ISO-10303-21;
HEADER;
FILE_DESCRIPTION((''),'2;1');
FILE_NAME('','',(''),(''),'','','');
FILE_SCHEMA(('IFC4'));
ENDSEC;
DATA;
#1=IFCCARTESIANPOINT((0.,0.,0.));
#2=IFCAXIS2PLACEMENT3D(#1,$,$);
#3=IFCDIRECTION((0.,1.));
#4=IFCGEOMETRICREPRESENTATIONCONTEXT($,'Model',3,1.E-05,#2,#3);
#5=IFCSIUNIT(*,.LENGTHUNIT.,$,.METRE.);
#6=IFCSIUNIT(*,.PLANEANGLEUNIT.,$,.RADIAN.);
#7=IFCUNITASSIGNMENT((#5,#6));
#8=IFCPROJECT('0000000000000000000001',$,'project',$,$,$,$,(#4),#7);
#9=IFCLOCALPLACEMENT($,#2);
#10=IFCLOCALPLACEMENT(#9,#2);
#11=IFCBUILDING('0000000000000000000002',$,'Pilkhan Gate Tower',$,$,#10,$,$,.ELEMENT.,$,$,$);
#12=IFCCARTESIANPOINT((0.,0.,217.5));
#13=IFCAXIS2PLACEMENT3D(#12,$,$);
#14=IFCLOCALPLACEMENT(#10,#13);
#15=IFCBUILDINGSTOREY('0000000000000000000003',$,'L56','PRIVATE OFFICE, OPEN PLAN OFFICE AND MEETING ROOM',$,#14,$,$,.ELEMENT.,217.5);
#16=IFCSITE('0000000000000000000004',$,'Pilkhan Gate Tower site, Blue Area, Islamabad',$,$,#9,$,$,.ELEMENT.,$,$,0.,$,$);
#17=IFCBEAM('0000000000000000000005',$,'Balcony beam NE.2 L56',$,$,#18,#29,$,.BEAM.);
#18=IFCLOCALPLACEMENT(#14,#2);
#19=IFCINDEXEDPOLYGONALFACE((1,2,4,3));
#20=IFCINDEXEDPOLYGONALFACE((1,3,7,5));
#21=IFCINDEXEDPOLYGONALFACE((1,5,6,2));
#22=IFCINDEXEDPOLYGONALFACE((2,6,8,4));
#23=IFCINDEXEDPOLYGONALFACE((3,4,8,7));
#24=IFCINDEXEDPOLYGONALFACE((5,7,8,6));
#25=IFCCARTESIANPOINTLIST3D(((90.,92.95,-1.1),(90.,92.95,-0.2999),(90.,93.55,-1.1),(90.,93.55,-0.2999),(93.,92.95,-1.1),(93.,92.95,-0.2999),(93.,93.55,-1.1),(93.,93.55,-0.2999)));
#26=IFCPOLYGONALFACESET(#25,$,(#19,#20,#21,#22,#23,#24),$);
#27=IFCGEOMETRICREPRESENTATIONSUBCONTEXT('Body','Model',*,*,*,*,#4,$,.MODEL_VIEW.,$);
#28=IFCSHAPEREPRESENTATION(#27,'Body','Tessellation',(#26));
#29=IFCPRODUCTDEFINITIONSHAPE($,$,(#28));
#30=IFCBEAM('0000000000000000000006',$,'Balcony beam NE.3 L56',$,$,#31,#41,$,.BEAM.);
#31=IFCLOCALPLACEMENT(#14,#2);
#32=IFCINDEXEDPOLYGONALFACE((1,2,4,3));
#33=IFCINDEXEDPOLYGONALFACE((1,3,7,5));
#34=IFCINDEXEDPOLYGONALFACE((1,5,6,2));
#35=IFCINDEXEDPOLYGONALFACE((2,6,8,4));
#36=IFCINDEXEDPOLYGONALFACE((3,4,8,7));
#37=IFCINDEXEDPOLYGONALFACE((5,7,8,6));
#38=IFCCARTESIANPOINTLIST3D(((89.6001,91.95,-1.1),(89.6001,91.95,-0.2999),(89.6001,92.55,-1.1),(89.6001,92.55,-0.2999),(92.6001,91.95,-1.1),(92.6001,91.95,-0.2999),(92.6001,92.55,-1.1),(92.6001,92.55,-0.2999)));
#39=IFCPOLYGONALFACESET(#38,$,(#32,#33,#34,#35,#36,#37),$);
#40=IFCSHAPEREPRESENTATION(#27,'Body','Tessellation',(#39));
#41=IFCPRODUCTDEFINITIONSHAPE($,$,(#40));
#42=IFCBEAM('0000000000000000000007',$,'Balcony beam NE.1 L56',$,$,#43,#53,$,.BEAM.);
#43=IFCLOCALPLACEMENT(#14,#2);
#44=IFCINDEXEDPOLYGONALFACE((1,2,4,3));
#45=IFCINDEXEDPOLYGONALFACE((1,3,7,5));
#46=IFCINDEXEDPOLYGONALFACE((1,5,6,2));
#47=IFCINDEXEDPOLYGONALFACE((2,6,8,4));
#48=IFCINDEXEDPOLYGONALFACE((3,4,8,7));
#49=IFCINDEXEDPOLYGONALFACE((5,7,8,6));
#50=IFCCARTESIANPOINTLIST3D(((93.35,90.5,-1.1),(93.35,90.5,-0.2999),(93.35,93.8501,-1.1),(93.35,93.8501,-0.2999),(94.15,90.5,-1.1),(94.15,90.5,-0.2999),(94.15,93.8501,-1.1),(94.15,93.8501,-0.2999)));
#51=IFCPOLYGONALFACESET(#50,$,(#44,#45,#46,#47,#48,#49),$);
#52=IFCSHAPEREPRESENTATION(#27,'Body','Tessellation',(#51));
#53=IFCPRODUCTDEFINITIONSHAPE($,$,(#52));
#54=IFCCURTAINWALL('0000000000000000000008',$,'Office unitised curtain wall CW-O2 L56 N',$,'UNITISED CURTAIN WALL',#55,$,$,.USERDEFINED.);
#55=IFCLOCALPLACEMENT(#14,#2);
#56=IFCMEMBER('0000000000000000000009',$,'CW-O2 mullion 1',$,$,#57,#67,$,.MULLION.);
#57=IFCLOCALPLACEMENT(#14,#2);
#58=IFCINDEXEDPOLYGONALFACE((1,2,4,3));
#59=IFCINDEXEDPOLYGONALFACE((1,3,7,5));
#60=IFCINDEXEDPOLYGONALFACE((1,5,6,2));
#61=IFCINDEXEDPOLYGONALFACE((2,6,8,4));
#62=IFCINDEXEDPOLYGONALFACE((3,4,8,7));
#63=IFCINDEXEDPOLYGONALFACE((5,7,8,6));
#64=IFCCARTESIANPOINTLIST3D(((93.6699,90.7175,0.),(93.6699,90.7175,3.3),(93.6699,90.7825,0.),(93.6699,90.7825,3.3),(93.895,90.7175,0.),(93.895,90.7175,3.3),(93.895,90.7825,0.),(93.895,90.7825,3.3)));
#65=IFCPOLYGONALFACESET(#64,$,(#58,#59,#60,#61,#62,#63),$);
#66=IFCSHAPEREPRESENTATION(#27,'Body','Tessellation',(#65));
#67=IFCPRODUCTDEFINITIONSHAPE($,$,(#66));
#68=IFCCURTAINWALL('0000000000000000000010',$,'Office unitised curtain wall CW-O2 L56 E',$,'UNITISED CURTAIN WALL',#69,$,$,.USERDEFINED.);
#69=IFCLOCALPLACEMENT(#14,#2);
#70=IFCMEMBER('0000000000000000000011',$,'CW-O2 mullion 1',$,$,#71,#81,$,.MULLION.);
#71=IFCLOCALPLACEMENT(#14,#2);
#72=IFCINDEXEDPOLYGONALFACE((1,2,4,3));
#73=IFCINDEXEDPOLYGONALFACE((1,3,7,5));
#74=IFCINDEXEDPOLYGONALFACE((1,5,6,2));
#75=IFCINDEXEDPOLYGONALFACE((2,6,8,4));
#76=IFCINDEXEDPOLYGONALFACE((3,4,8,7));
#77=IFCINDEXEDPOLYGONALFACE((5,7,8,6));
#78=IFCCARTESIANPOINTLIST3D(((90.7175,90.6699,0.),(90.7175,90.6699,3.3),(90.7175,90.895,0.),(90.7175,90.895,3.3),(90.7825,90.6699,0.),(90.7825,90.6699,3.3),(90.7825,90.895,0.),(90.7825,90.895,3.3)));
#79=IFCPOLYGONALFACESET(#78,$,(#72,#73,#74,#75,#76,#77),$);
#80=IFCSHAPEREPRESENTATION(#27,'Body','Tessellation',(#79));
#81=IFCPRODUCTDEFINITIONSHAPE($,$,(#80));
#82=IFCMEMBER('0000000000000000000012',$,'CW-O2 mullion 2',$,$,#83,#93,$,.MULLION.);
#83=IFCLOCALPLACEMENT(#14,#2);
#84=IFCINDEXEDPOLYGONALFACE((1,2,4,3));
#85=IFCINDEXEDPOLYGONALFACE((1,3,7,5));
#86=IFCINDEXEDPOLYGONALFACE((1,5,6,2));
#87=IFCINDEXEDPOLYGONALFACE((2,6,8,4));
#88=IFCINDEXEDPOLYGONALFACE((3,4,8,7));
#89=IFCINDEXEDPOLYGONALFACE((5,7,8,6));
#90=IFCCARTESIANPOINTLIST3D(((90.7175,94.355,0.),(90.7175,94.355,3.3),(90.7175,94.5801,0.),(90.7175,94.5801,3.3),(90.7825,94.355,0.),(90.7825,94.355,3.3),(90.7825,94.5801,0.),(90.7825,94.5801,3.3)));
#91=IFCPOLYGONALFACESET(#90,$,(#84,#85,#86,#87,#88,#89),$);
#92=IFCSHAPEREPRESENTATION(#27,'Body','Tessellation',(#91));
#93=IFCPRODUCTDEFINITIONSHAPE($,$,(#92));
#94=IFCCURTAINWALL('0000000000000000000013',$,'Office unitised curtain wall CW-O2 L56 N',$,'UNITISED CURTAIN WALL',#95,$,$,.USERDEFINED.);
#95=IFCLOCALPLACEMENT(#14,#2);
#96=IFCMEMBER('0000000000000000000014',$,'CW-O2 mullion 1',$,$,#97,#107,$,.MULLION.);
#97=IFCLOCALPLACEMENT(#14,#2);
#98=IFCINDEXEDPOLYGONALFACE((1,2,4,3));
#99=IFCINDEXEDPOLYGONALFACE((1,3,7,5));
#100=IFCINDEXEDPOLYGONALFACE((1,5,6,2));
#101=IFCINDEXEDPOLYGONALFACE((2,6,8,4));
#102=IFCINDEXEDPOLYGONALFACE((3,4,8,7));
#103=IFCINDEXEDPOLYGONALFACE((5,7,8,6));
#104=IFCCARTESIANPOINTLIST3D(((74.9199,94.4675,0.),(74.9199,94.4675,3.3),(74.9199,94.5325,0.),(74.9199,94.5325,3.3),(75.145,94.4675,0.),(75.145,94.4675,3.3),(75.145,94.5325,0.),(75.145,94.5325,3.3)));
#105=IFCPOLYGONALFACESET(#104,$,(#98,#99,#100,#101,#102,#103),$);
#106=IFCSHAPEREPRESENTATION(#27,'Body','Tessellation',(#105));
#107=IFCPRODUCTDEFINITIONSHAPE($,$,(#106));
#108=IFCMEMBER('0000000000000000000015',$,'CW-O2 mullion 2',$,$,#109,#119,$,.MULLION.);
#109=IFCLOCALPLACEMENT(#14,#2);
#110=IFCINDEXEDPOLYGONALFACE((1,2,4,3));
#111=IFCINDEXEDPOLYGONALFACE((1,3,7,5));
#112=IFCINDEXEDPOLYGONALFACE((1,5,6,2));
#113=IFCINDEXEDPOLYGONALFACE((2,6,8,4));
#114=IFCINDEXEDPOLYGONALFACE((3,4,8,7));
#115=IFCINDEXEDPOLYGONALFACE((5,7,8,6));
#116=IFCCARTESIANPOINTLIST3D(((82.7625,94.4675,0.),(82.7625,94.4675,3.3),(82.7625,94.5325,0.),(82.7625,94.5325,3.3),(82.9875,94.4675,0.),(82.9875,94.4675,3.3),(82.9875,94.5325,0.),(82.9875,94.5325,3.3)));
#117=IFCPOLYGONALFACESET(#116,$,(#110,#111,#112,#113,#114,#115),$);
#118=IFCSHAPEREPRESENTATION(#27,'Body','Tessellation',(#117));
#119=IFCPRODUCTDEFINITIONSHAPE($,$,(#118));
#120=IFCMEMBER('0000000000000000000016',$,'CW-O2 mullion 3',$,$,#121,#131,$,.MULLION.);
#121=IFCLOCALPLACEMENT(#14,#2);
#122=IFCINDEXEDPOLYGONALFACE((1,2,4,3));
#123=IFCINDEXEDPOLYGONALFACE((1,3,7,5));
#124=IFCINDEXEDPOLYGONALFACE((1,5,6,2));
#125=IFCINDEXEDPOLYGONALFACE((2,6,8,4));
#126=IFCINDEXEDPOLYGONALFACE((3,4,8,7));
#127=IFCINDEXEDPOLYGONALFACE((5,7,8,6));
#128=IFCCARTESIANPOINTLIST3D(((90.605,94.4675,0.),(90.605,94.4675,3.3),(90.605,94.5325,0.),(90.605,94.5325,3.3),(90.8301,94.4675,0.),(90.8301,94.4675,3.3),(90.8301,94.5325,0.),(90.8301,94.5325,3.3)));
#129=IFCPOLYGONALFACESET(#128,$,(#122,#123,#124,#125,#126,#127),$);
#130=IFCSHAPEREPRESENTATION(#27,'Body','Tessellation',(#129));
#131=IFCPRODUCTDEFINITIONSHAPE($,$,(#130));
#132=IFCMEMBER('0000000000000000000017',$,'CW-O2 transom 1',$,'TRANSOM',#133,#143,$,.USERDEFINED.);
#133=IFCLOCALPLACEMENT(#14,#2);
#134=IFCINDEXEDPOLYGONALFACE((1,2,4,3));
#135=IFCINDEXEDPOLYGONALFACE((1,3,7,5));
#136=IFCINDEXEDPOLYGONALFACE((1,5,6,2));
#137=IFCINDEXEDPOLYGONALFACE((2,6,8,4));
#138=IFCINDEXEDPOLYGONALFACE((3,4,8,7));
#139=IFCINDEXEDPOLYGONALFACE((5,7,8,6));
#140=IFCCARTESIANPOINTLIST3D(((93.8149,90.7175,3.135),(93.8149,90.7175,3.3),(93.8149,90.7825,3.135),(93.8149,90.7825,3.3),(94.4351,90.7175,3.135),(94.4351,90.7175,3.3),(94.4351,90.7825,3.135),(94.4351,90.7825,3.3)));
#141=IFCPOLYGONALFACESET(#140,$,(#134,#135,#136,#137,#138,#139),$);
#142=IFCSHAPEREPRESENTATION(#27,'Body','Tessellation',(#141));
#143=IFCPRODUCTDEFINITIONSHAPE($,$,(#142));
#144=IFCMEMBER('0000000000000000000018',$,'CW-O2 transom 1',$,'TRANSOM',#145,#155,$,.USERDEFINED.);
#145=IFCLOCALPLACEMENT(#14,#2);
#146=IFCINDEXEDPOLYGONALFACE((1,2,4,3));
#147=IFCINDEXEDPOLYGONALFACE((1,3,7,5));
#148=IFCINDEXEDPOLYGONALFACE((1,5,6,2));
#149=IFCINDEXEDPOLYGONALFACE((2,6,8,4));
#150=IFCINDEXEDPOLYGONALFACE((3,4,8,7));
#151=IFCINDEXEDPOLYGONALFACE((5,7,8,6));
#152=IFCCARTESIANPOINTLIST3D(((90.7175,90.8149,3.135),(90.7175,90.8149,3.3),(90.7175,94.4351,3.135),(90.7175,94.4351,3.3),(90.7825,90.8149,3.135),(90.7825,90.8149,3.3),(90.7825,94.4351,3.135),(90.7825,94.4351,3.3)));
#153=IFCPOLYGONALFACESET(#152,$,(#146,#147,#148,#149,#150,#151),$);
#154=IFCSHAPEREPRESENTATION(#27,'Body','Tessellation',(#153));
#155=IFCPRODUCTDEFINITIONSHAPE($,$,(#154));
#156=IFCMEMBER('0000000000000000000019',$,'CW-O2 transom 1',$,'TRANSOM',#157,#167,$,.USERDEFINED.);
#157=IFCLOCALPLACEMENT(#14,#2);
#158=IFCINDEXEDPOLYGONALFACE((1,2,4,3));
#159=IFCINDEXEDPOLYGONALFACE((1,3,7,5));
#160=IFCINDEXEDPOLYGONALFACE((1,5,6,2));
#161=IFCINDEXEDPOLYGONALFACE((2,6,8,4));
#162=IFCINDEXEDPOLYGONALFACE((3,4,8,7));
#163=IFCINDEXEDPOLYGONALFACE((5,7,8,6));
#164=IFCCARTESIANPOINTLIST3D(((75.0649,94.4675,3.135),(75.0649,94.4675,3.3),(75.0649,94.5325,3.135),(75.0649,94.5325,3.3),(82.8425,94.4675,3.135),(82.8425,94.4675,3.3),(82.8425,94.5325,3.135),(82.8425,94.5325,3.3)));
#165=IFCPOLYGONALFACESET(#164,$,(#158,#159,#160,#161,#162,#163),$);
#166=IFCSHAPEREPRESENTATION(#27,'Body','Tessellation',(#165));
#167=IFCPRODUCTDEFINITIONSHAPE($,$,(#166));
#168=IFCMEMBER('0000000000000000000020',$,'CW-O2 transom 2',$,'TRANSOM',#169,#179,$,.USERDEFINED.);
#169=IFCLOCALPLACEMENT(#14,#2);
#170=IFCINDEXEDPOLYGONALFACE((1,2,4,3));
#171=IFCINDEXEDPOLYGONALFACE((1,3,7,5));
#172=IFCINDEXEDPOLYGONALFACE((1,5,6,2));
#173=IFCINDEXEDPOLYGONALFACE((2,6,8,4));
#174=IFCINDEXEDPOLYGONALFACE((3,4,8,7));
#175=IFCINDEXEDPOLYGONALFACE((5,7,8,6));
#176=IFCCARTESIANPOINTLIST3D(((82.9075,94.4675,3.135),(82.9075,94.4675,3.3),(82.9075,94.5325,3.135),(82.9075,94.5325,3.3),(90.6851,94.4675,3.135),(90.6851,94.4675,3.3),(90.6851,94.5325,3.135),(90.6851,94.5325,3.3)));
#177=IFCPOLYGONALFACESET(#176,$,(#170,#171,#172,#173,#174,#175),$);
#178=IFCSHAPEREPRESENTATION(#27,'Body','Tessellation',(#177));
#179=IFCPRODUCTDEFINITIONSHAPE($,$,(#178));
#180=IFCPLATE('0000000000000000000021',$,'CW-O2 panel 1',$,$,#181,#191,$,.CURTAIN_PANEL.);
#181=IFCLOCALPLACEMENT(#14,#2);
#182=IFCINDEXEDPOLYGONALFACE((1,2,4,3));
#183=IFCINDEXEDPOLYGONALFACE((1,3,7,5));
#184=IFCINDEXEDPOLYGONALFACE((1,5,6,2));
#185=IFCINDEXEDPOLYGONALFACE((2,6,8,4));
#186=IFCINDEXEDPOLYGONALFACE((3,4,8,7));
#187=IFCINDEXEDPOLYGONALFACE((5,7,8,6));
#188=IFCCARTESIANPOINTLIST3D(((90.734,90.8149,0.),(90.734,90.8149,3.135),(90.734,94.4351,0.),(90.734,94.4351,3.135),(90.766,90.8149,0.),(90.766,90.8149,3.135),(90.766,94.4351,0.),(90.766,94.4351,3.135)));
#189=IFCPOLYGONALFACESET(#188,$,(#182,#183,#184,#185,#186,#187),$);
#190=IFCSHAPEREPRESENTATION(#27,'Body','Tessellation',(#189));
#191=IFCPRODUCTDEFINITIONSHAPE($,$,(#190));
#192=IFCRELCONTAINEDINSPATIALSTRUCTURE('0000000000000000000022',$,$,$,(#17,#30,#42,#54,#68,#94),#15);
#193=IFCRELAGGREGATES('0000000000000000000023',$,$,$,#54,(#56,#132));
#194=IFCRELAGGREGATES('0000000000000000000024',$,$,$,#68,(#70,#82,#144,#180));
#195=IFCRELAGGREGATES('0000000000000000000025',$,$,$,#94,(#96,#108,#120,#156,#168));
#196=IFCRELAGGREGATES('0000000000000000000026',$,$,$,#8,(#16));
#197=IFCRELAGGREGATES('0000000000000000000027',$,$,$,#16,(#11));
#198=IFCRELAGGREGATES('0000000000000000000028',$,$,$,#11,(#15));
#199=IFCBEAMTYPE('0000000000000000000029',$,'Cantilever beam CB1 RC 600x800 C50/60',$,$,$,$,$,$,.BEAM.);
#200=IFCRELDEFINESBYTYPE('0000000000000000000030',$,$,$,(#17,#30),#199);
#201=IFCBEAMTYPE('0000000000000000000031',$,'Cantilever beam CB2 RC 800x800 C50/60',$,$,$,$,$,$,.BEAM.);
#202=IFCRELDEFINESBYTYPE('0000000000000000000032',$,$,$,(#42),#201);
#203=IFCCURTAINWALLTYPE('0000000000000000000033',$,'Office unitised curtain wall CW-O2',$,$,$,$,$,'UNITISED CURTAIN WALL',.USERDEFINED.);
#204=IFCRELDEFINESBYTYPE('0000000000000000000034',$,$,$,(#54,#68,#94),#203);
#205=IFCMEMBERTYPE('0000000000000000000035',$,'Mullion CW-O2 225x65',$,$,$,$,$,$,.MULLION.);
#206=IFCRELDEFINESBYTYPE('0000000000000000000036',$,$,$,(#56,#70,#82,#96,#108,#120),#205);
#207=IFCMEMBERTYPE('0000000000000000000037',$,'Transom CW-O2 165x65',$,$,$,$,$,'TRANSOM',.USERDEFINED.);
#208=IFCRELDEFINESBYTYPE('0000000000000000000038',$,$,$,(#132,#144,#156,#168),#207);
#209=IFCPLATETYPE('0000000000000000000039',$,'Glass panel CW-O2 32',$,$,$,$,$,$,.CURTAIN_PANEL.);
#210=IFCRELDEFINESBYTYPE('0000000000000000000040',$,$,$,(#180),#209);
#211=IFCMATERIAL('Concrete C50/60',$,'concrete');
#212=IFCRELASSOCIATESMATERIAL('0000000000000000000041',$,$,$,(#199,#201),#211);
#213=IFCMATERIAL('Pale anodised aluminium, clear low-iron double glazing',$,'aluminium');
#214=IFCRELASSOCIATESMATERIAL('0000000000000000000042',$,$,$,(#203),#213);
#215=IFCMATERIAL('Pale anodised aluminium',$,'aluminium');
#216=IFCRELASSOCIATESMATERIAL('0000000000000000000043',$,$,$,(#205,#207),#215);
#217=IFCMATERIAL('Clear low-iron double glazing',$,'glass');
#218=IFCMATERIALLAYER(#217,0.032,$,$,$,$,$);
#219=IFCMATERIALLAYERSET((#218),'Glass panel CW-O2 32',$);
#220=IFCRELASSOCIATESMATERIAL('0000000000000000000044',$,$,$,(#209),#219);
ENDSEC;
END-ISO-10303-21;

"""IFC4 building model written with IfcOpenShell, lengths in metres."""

from ifc_helpers import new_model, si_unit, direction, frame, origin, origin_2d, place, context, subcontext, project, spatial, rectangle, extrude, material, layer, layer_set, material_profile, profile_set, type_object, element, aggregate, save


model = new_model("IFC4")

# Units and contexts
model_context = context("Model", 3, precision=1e-05, world=origin(), true_north=direction((0.0, 1.0)))
body_context = subcontext(model_context, "Body", "Model", "MODEL_VIEW")
ifc_project = project(units=[si_unit("LENGTHUNIT", "METRE"), si_unit("PLANEANGLEUNIT", "RADIAN")], contexts=[model_context])

# Site, building, storey
site_placement = place(None, origin())
site = spatial("IfcSite", under=ifc_project, at=site_placement, Name="Pilkhan Gate Tower site, Blue Area, Islamabad", CompositionType="ELEMENT", RefElevation=0.0)
building_placement = place(site_placement, origin())
building = spatial("IfcBuilding", under=site, at=building_placement, Name="Pilkhan Gate Tower", CompositionType="ELEMENT")
storey_placement = place(building_placement, frame((0.0, 0.0, 217.5)))
storey = spatial("IfcBuildingStorey", under=building, at=storey_placement, Name="L56", Description="PRIVATE OFFICE, OPEN PLAN OFFICE AND MEETING ROOM", CompositionType="ELEMENT", Elevation=217.5)

# Beams
ifc_material_1 = material(Name="Concrete C50/60", Category="concrete")
ifc_material_profile_1 = material_profile(ifc_material_1, rectangle(XDim=0.6001, YDim=0.8, at=origin_2d()), Name="RC 600x800")
ifc_profile_set_1 = profile_set([ifc_material_profile_1], Name="Concrete C50/60")
beam_type_1 = type_object("IfcBeamType", Name="Cantilever beam CB1 RC 600x800 C50/60", PredefinedType="BEAM", material=ifc_profile_set_1)
for number, where, z_axis, x_axis, name in (
    (1, (90.0, 93.25, -0.7), (1.0, 0.0, 0.0), (0.0, 1.0, 0.0), "Balcony beam NE.2 L56"),
    (2, (89.6001, 92.25, -0.7), (1.0, 0.0, 0.0), (0.0, 1.0, 0.0), "Balcony beam NE.3 L56"),
):
    element("IfcBeam", number, at=place(storey_placement, frame(where, z_axis=z_axis, x_axis=x_axis)), inside=storey, type_object=beam_type_1, Name=name, PredefinedType="BEAM", context=body_context, shape_type="SweptSolid", body=[
        extrude(rectangle(XDim=0.6001, YDim=0.8, at=origin_2d()), origin(), (0.0, 0.0, 1.0), 3.0),
    ])
ifc_material_profile_2 = material_profile(ifc_material_1, rectangle(XDim=0.8, YDim=0.8, at=origin_2d()), Name="RC 800x800")
ifc_profile_set_2 = profile_set([ifc_material_profile_2], Name="Concrete C50/60")
beam_type_2 = type_object("IfcBeamType", Name="Cantilever beam CB2 RC 800x800 C50/60", PredefinedType="BEAM", material=ifc_profile_set_2)
beam_placement = place(storey_placement, frame((93.75, 90.5, -0.7), z_axis=(0.0, 1.0, 0.0), x_axis=(-1.0, 0.0, 0.0)))
element("IfcBeam", 3, at=beam_placement, inside=storey, type_object=beam_type_2, Name="Balcony beam NE.1 L56", PredefinedType="BEAM", context=body_context, shape_type="SweptSolid", body=[
    extrude(rectangle(XDim=0.8, YDim=0.8, at=origin_2d()), origin(), (0.0, 0.0, 1.0), 3.3501),
])

# Curtain wall, member
ifc_material_2 = material(Name="Pale anodised aluminium, clear low-iron double glazing", Category="aluminium")
curtain_wall_type = type_object("IfcCurtainWallType", Name="Office unitised curtain wall CW-O2", ElementType="UNITISED CURTAIN WALL", PredefinedType="USERDEFINED", material=ifc_material_2)
curtain_wall_1_placement = place(storey_placement, origin())
curtain_wall_1 = element("IfcCurtainWall", 4, at=curtain_wall_1_placement, inside=storey, type_object=curtain_wall_type, Name="Office unitised curtain wall CW-O2 L56 N", ObjectType="UNITISED CURTAIN WALL", PredefinedType="USERDEFINED")
ifc_material_3 = material(Name="Pale anodised aluminium", Category="aluminium")
ifc_material_profile_3 = material_profile(ifc_material_3, rectangle(XDim=0.0649, YDim=0.2251, at=origin_2d()), Name="Mullion 225x65")
ifc_profile_set_3 = profile_set([ifc_material_profile_3], Name="Pale anodised aluminium")
member_type_1 = type_object("IfcMemberType", Name="Mullion CW-O2 225x65", PredefinedType="MULLION", material=ifc_profile_set_3)
member_1_placement = place(storey_placement, frame((93.7825, 90.75, 0.0), z_axis=(0.0, 0.0, 1.0), x_axis=(0.0, 1.0, 0.0)))
member_1 = element("IfcMember", 5, at=member_1_placement, type_object=member_type_1, Name="CW-O2 mullion 1", PredefinedType="MULLION", context=body_context, shape_type="SweptSolid", body=[
    extrude(rectangle(XDim=0.0649, YDim=0.2251, at=origin_2d()), origin(), (0.0, 0.0, 1.0), 3.3),
])

# Curtain walls, members
curtain_wall_2_placement = place(storey_placement, origin())
curtain_wall_2 = element("IfcCurtainWall", 6, at=curtain_wall_2_placement, inside=storey, type_object=curtain_wall_type, Name="Office unitised curtain wall CW-O2 L56 E", ObjectType="UNITISED CURTAIN WALL", PredefinedType="USERDEFINED")
member_2_placement = place(storey_placement, frame((90.75, 90.7825, 0.0), z_axis=(0.0, 0.0, 1.0), x_axis=(-1.0, 0.0, 0.0)))
member_2 = element("IfcMember", 7, at=member_2_placement, type_object=member_type_1, Name="CW-O2 mullion 1", PredefinedType="MULLION", context=body_context, shape_type="SweptSolid", body=[
    extrude(rectangle(XDim=0.0649, YDim=0.2251, at=origin_2d()), origin(), (0.0, 0.0, 1.0), 3.3),
])
member_3_placement = place(storey_placement, frame((90.75, 94.4675, 0.0), z_axis=(0.0, 0.0, 1.0), x_axis=(-1.0, 0.0, 0.0)))
member_3 = element("IfcMember", 8, at=member_3_placement, type_object=member_type_1, Name="CW-O2 mullion 2", PredefinedType="MULLION", context=body_context, shape_type="SweptSolid", body=[
    extrude(rectangle(XDim=0.0649, YDim=0.2251, at=origin_2d()), origin(), (0.0, 0.0, 1.0), 3.3),
])
curtain_wall_3_placement = place(storey_placement, origin())
curtain_wall_3 = element("IfcCurtainWall", 9, at=curtain_wall_3_placement, inside=storey, type_object=curtain_wall_type, Name="Office unitised curtain wall CW-O2 L56 N", ObjectType="UNITISED CURTAIN WALL", PredefinedType="USERDEFINED")
member_4_placement = place(storey_placement, frame((75.0325, 94.5, 0.0), z_axis=(0.0, 0.0, 1.0), x_axis=(0.0, 1.0, 0.0)))
member_4 = element("IfcMember", 10, at=member_4_placement, type_object=member_type_1, Name="CW-O2 mullion 1", PredefinedType="MULLION", context=body_context, shape_type="SweptSolid", body=[
    extrude(rectangle(XDim=0.0649, YDim=0.2251, at=origin_2d()), origin(), (0.0, 0.0, 1.0), 3.3),
])
member_5_placement = place(storey_placement, frame((82.875, 94.5, 0.0), z_axis=(0.0, 0.0, 1.0), x_axis=(0.0, 1.0, 0.0)))
member_5 = element("IfcMember", 11, at=member_5_placement, type_object=member_type_1, Name="CW-O2 mullion 2", PredefinedType="MULLION", context=body_context, shape_type="SweptSolid", body=[
    extrude(rectangle(XDim=0.0649, YDim=0.2251, at=origin_2d()), origin(), (0.0, 0.0, 1.0), 3.3),
])
member_6_placement = place(storey_placement, frame((90.7175, 94.5, 0.0), z_axis=(0.0, 0.0, 1.0), x_axis=(0.0, 1.0, 0.0)))
member_6 = element("IfcMember", 12, at=member_6_placement, type_object=member_type_1, Name="CW-O2 mullion 3", PredefinedType="MULLION", context=body_context, shape_type="SweptSolid", body=[
    extrude(rectangle(XDim=0.0649, YDim=0.2251, at=origin_2d()), origin(), (0.0, 0.0, 1.0), 3.3),
])

# Members
ifc_material_profile_4 = material_profile(ifc_material_3, rectangle(XDim=0.0649, YDim=0.165, at=origin_2d()), Name="Transom 165x65")
ifc_profile_set_4 = profile_set([ifc_material_profile_4], Name="Pale anodised aluminium")
member_type_2 = type_object("IfcMemberType", Name="Transom CW-O2 165x65", ElementType="TRANSOM", PredefinedType="USERDEFINED", material=ifc_profile_set_4)
member_7_placement = place(storey_placement, frame((93.8149, 90.75, 3.2175), z_axis=(1.0, 0.0, 0.0), x_axis=(0.0, 1.0, 0.0)))
member_7 = element("IfcMember", 13, at=member_7_placement, type_object=member_type_2, Name="CW-O2 transom 1", ObjectType="TRANSOM", PredefinedType="USERDEFINED", context=body_context, shape_type="SweptSolid", body=[
    extrude(rectangle(XDim=0.0649, YDim=0.165, at=origin_2d()), origin(), (0.0, 0.0, 1.0), 0.6201),
])
aggregate(curtain_wall_1, [member_1, member_7])
member_8_placement = place(storey_placement, frame((90.75, 90.8149, 3.2175), z_axis=(0.0, 1.0, 0.0), x_axis=(-1.0, 0.0, 0.0)))
member_8 = element("IfcMember", 14, at=member_8_placement, type_object=member_type_2, Name="CW-O2 transom 1", ObjectType="TRANSOM", PredefinedType="USERDEFINED", context=body_context, shape_type="SweptSolid", body=[
    extrude(rectangle(XDim=0.0649, YDim=0.165, at=origin_2d()), origin(), (0.0, 0.0, 1.0), 3.6201),
])
member_9_placement = place(storey_placement, frame((75.0649, 94.5, 3.2175), z_axis=(1.0, 0.0, 0.0), x_axis=(0.0, 1.0, 0.0)))
member_9 = element("IfcMember", 15, at=member_9_placement, type_object=member_type_2, Name="CW-O2 transom 1", ObjectType="TRANSOM", PredefinedType="USERDEFINED", context=body_context, shape_type="SweptSolid", body=[
    extrude(rectangle(XDim=0.0649, YDim=0.165, at=origin_2d()), origin(), (0.0, 0.0, 1.0), 7.7776),
])
member_10_placement = place(storey_placement, frame((82.9075, 94.5, 3.2175), z_axis=(1.0, 0.0, 0.0), x_axis=(0.0, 1.0, 0.0)))
member_10 = element("IfcMember", 16, at=member_10_placement, type_object=member_type_2, Name="CW-O2 transom 2", ObjectType="TRANSOM", PredefinedType="USERDEFINED", context=body_context, shape_type="SweptSolid", body=[
    extrude(rectangle(XDim=0.0649, YDim=0.165, at=origin_2d()), origin(), (0.0, 0.0, 1.0), 7.7776),
])

# Plate
ifc_material_4 = material(Name="Clear low-iron double glazing", Category="glass")
ifc_layer_1 = layer(ifc_material_4, 0.032)
ifc_layer_set_1 = layer_set([ifc_layer_1], Name="Glass panel CW-O2 32")
plate_type = type_object("IfcPlateType", Name="Glass panel CW-O2 32", PredefinedType="CURTAIN_PANEL", material=ifc_layer_set_1)
plate_1_placement = place(storey_placement, frame((90.75, 92.625, 0.0), z_axis=(0.0, 0.0, 1.0), x_axis=(0.0, 1.0, 0.0)))
plate_1 = element("IfcPlate", 17, at=plate_1_placement, type_object=plate_type, Name="CW-O2 panel 1", PredefinedType="CURTAIN_PANEL", context=body_context, shape_type="SweptSolid", body=[
    extrude(rectangle(XDim=3.6201, YDim=0.032, at=origin_2d()), origin(), (0.0, 0.0, 1.0), 3.135),
])
aggregate(curtain_wall_2, [member_2, member_3, member_8, plate_1])
aggregate(curtain_wall_3, [member_4, member_5, member_6, member_9, member_10])

save(model, "model.ifc")
